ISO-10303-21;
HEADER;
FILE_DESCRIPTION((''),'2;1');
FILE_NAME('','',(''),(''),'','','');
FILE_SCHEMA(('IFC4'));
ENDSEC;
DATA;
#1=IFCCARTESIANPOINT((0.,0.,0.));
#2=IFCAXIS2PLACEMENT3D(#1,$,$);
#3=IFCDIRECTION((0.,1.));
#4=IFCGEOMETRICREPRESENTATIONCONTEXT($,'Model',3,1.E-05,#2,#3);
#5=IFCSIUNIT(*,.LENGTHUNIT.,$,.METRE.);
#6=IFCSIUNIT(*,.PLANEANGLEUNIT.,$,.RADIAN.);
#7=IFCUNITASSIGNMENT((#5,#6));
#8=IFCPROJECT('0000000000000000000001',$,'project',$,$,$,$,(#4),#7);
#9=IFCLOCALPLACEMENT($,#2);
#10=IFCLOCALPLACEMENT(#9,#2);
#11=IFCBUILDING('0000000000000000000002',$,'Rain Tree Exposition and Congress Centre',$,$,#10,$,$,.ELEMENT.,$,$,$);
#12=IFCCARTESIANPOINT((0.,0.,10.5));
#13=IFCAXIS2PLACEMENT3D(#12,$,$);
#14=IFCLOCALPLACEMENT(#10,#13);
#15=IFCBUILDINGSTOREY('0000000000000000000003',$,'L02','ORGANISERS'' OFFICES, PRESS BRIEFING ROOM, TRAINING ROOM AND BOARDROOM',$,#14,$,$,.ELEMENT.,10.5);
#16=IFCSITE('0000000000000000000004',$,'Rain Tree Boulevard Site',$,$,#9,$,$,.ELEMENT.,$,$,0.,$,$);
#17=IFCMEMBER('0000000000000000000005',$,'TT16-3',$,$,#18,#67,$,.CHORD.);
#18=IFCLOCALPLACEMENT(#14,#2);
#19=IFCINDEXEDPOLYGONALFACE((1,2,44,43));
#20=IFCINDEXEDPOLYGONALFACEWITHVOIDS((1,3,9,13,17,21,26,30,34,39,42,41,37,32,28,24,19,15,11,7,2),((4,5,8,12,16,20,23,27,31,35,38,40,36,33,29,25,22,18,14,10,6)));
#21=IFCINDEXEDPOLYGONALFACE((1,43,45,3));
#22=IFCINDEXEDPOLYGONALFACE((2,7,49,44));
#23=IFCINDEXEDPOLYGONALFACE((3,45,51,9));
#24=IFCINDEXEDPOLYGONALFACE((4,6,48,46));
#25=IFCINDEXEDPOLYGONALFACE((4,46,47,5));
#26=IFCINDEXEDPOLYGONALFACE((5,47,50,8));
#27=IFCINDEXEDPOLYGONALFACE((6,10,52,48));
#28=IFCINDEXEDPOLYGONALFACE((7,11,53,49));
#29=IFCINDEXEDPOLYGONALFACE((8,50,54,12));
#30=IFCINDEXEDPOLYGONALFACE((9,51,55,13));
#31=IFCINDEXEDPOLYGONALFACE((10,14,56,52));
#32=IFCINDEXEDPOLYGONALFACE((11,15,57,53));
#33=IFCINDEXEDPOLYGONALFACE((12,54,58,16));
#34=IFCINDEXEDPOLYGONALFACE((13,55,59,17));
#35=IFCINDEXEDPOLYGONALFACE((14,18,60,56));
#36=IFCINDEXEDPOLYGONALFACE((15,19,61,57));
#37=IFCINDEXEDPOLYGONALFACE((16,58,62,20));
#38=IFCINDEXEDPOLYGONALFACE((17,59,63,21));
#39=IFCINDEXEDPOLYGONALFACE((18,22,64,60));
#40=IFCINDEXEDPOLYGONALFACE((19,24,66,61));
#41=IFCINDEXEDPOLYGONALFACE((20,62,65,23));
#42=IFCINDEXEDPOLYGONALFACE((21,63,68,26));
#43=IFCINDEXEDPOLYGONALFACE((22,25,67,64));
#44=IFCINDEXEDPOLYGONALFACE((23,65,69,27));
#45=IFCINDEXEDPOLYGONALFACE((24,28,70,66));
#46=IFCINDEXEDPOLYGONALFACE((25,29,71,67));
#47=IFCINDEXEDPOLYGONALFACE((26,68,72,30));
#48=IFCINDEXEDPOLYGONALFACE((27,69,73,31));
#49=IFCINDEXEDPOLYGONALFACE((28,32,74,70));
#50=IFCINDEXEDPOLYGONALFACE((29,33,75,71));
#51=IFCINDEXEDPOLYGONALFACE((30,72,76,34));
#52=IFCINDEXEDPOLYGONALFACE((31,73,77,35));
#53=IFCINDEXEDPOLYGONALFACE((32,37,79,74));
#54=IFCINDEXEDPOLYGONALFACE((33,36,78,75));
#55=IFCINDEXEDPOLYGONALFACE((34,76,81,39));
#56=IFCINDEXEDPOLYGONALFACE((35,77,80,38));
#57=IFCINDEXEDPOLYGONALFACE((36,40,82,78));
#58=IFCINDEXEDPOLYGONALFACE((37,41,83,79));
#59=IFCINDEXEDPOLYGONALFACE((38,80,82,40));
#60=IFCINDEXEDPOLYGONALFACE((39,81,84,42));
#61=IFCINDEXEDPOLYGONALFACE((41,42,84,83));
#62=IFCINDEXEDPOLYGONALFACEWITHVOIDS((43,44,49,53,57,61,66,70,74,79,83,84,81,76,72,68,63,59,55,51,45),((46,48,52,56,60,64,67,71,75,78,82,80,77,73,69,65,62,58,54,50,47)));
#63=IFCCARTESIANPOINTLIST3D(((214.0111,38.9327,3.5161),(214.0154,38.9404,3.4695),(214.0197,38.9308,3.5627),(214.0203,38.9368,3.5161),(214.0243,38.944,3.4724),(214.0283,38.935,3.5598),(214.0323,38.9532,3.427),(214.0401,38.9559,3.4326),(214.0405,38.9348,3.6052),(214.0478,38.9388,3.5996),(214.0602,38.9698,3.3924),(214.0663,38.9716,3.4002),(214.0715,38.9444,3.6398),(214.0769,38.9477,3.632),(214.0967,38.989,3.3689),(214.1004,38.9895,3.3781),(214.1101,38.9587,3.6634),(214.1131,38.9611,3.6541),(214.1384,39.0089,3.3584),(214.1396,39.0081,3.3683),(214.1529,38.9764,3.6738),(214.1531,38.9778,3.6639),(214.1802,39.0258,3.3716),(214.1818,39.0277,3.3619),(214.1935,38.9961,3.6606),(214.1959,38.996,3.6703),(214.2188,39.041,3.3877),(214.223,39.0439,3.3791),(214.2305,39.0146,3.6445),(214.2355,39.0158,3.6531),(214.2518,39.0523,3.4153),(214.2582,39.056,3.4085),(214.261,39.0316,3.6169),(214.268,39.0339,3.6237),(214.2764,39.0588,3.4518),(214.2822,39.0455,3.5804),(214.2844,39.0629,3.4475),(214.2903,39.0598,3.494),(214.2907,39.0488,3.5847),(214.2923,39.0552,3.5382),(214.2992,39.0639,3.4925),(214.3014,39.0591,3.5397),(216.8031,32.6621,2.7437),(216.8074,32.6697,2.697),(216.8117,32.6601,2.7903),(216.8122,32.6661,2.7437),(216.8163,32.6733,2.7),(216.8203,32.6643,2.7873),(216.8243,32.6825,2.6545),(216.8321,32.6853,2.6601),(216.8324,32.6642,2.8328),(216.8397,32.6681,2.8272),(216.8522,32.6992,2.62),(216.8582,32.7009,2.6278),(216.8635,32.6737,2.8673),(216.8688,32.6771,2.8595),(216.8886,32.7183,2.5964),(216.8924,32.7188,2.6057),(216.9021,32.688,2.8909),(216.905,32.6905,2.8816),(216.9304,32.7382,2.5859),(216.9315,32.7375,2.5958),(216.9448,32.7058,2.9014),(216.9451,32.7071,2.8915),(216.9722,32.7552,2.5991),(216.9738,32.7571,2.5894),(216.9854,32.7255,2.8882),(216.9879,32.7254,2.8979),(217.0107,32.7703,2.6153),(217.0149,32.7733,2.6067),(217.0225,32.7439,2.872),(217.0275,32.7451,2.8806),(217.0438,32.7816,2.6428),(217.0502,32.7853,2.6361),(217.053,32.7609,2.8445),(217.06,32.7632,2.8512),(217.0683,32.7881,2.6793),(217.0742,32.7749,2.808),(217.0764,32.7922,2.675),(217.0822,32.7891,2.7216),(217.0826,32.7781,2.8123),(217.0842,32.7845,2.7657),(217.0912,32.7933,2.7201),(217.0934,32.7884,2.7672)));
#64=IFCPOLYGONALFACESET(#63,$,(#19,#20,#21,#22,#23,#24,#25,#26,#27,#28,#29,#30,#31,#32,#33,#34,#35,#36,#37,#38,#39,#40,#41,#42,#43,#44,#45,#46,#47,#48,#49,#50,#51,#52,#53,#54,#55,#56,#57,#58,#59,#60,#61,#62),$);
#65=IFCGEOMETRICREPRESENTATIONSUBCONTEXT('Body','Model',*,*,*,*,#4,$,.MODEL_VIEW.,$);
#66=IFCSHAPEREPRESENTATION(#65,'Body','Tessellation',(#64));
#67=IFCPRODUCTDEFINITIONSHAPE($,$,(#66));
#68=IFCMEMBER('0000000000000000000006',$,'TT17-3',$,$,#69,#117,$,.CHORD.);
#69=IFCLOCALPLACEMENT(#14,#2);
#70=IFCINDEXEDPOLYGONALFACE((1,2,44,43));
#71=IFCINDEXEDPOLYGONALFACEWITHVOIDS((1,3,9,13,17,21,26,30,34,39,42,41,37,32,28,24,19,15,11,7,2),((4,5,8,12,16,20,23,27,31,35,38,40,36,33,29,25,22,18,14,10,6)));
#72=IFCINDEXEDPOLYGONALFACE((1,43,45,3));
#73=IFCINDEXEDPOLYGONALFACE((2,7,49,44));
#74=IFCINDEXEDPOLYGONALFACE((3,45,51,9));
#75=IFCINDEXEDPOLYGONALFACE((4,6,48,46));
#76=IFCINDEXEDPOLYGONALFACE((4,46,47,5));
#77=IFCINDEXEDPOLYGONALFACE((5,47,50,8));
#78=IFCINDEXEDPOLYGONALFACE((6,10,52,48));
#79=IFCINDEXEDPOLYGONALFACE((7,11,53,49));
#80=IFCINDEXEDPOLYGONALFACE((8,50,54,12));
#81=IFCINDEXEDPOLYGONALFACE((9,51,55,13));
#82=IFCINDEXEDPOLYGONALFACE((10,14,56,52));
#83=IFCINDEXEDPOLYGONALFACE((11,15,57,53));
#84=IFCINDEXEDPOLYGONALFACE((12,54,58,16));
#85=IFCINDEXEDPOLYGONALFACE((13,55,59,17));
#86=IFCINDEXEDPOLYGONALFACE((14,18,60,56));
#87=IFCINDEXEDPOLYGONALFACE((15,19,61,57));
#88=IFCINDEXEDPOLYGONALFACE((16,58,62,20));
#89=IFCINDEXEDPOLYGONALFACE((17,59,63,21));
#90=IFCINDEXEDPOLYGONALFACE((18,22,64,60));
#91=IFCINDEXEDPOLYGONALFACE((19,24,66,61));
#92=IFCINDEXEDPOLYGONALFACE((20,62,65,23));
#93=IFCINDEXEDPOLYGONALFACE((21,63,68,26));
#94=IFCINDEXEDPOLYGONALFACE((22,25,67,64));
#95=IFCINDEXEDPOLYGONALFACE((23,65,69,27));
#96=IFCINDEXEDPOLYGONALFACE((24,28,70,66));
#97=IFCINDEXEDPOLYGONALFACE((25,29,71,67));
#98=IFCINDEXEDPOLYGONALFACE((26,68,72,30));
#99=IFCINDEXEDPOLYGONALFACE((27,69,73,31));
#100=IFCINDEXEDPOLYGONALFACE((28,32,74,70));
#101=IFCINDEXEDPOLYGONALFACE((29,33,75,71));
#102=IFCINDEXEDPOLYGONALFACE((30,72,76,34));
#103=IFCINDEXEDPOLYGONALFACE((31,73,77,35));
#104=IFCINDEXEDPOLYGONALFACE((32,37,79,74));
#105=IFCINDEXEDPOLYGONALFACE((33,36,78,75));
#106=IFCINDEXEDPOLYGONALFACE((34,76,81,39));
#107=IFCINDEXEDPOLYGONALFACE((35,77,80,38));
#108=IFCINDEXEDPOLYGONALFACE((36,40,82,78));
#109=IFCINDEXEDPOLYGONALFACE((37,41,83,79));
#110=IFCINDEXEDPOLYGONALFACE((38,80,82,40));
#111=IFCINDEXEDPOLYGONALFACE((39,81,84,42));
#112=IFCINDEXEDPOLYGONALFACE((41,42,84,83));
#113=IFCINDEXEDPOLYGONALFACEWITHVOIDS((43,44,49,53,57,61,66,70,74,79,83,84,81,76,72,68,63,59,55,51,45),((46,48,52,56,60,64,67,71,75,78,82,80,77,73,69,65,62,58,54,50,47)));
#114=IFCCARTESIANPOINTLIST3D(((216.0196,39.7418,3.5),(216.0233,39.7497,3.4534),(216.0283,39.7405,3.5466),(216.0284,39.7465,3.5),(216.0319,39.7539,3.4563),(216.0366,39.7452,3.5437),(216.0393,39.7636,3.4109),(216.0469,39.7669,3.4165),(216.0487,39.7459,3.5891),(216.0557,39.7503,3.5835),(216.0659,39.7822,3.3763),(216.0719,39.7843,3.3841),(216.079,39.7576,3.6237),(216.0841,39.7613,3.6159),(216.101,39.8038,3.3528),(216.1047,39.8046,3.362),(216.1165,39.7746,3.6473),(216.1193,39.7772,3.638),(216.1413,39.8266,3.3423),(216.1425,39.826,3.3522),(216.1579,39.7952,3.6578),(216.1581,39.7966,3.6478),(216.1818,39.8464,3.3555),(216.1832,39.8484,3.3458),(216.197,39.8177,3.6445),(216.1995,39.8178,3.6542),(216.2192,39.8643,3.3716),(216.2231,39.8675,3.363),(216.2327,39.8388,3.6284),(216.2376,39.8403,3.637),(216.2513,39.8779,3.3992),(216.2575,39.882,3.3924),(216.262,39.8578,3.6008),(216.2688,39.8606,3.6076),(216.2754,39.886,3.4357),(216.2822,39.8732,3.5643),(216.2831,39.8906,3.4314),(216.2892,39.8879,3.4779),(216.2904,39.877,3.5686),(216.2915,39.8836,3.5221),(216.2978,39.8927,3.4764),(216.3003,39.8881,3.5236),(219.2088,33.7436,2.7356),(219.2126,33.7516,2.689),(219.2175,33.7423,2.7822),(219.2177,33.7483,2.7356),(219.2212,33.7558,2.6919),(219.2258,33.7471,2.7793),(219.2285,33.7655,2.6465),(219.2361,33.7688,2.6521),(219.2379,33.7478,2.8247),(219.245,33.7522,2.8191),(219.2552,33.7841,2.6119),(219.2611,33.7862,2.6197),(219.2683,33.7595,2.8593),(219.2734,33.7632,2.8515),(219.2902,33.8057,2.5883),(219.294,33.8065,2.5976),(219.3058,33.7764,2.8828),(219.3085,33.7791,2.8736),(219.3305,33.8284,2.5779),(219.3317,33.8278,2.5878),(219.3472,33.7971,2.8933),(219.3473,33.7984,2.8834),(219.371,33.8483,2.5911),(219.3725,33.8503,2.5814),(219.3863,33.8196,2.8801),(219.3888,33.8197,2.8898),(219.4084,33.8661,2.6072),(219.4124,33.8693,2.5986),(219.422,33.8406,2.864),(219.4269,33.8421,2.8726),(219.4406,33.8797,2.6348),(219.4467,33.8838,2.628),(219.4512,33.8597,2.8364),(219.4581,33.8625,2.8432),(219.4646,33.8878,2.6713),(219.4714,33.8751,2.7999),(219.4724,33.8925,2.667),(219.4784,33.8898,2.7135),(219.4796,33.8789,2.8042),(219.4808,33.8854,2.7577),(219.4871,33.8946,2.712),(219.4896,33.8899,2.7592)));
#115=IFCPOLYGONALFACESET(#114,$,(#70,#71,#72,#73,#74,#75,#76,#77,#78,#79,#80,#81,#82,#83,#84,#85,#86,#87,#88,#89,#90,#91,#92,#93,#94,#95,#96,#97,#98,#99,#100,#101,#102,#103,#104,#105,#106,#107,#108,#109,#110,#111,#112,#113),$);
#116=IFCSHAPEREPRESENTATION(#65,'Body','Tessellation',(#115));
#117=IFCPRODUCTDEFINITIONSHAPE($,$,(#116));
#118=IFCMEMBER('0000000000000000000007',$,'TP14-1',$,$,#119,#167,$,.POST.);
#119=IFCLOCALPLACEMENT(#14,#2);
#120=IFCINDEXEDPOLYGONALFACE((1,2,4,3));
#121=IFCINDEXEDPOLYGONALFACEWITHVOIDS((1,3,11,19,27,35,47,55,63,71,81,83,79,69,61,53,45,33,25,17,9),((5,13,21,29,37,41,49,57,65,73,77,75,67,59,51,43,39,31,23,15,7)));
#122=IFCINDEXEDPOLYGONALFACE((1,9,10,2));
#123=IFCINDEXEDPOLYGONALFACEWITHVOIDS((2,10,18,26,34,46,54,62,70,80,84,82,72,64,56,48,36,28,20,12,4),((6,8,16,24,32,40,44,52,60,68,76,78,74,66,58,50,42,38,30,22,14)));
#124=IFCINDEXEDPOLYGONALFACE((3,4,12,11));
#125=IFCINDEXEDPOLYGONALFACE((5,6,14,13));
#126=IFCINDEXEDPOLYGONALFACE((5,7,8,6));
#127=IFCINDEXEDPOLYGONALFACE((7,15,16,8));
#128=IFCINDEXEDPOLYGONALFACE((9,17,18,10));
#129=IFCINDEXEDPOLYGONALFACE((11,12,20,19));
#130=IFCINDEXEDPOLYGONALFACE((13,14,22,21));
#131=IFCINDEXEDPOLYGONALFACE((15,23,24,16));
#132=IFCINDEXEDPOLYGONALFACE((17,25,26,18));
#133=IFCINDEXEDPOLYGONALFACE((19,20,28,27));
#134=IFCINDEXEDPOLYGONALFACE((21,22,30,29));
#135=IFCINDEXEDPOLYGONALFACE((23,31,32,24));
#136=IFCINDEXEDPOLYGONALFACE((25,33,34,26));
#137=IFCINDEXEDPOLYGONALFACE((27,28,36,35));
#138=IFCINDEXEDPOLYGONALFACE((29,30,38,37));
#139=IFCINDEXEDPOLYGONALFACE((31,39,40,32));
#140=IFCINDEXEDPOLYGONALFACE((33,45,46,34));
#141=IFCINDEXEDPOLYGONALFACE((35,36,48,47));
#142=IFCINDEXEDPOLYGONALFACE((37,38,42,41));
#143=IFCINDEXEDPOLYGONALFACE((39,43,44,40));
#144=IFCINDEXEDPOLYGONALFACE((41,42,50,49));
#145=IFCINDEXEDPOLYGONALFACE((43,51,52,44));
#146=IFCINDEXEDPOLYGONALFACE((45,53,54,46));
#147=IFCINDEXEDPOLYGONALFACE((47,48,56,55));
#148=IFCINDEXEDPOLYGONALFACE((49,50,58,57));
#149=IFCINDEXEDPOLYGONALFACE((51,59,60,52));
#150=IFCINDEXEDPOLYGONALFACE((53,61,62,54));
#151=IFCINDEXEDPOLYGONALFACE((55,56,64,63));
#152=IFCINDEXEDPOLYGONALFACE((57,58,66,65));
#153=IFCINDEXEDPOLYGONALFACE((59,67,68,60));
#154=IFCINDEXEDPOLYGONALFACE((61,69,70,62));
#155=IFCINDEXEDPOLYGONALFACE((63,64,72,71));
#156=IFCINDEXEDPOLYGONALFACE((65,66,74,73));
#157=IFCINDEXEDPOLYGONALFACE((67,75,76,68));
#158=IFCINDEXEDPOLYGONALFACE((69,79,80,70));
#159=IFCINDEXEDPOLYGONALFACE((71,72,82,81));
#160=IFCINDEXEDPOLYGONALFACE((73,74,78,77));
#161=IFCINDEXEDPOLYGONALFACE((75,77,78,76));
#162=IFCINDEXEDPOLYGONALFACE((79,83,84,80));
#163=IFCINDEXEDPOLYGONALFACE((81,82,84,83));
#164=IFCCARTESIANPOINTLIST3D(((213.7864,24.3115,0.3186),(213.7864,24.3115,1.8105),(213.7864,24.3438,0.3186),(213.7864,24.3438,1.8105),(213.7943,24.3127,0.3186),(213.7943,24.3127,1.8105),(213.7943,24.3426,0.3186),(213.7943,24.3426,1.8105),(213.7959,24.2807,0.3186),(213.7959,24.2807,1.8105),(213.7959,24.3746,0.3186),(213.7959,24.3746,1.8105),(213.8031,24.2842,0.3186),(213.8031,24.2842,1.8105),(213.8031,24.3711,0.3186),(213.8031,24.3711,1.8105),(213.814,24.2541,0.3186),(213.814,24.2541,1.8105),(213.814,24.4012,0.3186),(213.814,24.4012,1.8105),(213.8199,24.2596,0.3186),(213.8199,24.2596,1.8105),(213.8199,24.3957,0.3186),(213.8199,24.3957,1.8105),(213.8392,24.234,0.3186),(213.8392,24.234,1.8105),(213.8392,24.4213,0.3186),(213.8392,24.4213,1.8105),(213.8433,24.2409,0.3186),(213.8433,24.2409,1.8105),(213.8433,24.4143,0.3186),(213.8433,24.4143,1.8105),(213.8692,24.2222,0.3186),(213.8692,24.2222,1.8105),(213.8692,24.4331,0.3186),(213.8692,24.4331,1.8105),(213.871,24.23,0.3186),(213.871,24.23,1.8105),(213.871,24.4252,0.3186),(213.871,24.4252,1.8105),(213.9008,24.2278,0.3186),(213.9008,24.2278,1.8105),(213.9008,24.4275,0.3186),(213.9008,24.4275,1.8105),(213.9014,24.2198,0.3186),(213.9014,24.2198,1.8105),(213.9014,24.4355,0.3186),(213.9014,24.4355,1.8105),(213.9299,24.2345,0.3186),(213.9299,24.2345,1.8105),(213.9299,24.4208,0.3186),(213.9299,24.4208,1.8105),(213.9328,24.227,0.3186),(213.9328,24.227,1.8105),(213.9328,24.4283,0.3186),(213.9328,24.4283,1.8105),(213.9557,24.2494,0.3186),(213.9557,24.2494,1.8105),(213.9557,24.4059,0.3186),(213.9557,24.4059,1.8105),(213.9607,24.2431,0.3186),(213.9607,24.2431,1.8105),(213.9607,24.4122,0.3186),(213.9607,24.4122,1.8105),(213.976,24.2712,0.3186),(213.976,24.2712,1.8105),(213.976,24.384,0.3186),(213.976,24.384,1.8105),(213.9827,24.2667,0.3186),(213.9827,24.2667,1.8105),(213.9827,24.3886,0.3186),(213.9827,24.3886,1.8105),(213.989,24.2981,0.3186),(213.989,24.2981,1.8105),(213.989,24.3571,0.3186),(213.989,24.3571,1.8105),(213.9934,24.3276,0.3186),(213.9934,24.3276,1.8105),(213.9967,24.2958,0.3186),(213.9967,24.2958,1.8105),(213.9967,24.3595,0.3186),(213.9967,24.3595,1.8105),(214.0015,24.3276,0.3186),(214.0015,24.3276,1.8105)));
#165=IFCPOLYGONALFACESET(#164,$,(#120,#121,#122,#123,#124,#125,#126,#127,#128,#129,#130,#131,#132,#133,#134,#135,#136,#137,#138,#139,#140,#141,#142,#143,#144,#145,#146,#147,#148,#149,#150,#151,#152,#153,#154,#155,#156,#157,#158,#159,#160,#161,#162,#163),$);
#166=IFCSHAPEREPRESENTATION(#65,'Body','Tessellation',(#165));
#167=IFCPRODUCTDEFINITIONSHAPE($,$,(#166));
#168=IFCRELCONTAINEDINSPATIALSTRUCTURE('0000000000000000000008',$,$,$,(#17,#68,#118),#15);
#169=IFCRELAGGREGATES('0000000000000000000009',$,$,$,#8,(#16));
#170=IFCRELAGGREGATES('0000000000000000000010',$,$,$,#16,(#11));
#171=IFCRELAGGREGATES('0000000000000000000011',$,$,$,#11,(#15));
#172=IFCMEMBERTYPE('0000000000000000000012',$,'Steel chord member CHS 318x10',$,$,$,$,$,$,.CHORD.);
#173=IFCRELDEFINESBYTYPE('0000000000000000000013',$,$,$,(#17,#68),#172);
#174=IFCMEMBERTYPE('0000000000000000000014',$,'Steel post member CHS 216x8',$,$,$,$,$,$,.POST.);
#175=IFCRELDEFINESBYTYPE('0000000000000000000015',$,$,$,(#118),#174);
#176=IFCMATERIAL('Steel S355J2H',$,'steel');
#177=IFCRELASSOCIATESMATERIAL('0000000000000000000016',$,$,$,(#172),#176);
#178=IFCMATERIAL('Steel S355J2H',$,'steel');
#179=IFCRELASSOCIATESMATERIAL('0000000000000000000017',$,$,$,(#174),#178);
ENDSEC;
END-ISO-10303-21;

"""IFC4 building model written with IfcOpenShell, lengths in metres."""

from ifc_helpers import new_model, si_unit, direction, frame, origin, origin_2d, place, context, subcontext, project, spatial, hollow_circle, extrude, material, material_profile, profile_set, type_object, element, save


model = new_model("IFC4")

# Units and contexts
model_context = context("Model", 3, precision=1e-05, world=origin(), true_north=direction((0.0, 1.0)))
body_context = subcontext(model_context, "Body", "Model", "MODEL_VIEW")
ifc_project = project(units=[si_unit("LENGTHUNIT", "METRE"), si_unit("PLANEANGLEUNIT", "RADIAN")], contexts=[model_context])

# Site, building, storey
site_placement = place(None, origin())
site = spatial("IfcSite", under=ifc_project, at=site_placement, Name="Rain Tree Boulevard Site", CompositionType="ELEMENT", RefElevation=0.0)
building_placement = place(site_placement, origin())
building = spatial("IfcBuilding", under=site, at=building_placement, Name="Rain Tree Exposition and Congress Centre", CompositionType="ELEMENT")
storey_placement = place(building_placement, frame((0.0, 0.0, 10.5)))
storey = spatial("IfcBuildingStorey", under=building, at=storey_placement, Name="L02", Description="ORGANISERS' OFFICES, PRESS BRIEFING ROOM, TRAINING ROOM AND BOARDROOM", CompositionType="ELEMENT", Elevation=10.5)

# Members
ifc_material_1 = material(Name="Steel S355J2H", Category="steel")
ifc_material_profile_1 = material_profile(ifc_material_1, hollow_circle(Radius=0.1592, WallThickness=0.01, at=origin_2d()), Name="CHS 318x10")
ifc_profile_set_1 = profile_set([ifc_material_profile_1], Name="Steel S355J2H")
member_type_1 = type_object("IfcMemberType", Name="Steel chord member CHS 318x10", PredefinedType="CHORD", material=ifc_profile_set_1)
member_1_placement = place(storey_placement, frame((216.9485, 32.7268, 2.7437), z_axis=(-0.404194, 0.907811, 0.111828), x_axis=(-0.913541, -0.406746, 0.0)))
element("IfcMember", 1, at=member_1_placement, inside=storey, type_object=member_type_1, Name="TT16-3", PredefinedType="CHORD", context=body_context, shape_type="SweptSolid", body=[
    extrude(hollow_circle(Radius=0.1592, WallThickness=0.01, at=origin_2d()), origin(), (0.0, 0.0, 1.0), 6.9075),
])
member_2_placement = place(storey_placement, frame((219.3494, 33.8184, 2.7356), z_axis=(-0.466526, 0.877411, 0.111819), x_axis=(-0.882948, -0.469471, 0.0)))
element("IfcMember", 2, at=member_2_placement, inside=storey, type_object=member_type_1, Name="TT17-3", PredefinedType="CHORD", context=body_context, shape_type="SweptSolid", body=[
    extrude(hollow_circle(Radius=0.1592, WallThickness=0.01, at=origin_2d()), origin(), (0.0, 0.0, 1.0), 6.8362),
])
ifc_material_2 = material(Name="Steel S355J2H", Category="steel")
ifc_material_profile_2 = material_profile(ifc_material_2, hollow_circle(Radius=0.1082, WallThickness=0.0081, at=origin_2d()), Name="CHS 216x8")
ifc_profile_set_2 = profile_set([ifc_material_profile_2], Name="Steel S355J2H")
member_type_2 = type_object("IfcMemberType", Name="Steel post member CHS 216x8", PredefinedType="POST", material=ifc_profile_set_2)
member_3_placement = place(storey_placement, frame((213.8933, 24.3276, 0.3186), z_axis=(0.0, 0.0, 1.0), x_axis=(1.0, 0.0, 0.0)))
element("IfcMember", 3, at=member_3_placement, inside=storey, type_object=member_type_2, Name="TP14-1", PredefinedType="POST", context=body_context, shape_type="SweptSolid", body=[
    extrude(hollow_circle(Radius=0.1082, WallThickness=0.0081, at=origin_2d()), origin(), (0.0, 0.0, 1.0), 1.4919),
])

save(model, "model.ifc")
